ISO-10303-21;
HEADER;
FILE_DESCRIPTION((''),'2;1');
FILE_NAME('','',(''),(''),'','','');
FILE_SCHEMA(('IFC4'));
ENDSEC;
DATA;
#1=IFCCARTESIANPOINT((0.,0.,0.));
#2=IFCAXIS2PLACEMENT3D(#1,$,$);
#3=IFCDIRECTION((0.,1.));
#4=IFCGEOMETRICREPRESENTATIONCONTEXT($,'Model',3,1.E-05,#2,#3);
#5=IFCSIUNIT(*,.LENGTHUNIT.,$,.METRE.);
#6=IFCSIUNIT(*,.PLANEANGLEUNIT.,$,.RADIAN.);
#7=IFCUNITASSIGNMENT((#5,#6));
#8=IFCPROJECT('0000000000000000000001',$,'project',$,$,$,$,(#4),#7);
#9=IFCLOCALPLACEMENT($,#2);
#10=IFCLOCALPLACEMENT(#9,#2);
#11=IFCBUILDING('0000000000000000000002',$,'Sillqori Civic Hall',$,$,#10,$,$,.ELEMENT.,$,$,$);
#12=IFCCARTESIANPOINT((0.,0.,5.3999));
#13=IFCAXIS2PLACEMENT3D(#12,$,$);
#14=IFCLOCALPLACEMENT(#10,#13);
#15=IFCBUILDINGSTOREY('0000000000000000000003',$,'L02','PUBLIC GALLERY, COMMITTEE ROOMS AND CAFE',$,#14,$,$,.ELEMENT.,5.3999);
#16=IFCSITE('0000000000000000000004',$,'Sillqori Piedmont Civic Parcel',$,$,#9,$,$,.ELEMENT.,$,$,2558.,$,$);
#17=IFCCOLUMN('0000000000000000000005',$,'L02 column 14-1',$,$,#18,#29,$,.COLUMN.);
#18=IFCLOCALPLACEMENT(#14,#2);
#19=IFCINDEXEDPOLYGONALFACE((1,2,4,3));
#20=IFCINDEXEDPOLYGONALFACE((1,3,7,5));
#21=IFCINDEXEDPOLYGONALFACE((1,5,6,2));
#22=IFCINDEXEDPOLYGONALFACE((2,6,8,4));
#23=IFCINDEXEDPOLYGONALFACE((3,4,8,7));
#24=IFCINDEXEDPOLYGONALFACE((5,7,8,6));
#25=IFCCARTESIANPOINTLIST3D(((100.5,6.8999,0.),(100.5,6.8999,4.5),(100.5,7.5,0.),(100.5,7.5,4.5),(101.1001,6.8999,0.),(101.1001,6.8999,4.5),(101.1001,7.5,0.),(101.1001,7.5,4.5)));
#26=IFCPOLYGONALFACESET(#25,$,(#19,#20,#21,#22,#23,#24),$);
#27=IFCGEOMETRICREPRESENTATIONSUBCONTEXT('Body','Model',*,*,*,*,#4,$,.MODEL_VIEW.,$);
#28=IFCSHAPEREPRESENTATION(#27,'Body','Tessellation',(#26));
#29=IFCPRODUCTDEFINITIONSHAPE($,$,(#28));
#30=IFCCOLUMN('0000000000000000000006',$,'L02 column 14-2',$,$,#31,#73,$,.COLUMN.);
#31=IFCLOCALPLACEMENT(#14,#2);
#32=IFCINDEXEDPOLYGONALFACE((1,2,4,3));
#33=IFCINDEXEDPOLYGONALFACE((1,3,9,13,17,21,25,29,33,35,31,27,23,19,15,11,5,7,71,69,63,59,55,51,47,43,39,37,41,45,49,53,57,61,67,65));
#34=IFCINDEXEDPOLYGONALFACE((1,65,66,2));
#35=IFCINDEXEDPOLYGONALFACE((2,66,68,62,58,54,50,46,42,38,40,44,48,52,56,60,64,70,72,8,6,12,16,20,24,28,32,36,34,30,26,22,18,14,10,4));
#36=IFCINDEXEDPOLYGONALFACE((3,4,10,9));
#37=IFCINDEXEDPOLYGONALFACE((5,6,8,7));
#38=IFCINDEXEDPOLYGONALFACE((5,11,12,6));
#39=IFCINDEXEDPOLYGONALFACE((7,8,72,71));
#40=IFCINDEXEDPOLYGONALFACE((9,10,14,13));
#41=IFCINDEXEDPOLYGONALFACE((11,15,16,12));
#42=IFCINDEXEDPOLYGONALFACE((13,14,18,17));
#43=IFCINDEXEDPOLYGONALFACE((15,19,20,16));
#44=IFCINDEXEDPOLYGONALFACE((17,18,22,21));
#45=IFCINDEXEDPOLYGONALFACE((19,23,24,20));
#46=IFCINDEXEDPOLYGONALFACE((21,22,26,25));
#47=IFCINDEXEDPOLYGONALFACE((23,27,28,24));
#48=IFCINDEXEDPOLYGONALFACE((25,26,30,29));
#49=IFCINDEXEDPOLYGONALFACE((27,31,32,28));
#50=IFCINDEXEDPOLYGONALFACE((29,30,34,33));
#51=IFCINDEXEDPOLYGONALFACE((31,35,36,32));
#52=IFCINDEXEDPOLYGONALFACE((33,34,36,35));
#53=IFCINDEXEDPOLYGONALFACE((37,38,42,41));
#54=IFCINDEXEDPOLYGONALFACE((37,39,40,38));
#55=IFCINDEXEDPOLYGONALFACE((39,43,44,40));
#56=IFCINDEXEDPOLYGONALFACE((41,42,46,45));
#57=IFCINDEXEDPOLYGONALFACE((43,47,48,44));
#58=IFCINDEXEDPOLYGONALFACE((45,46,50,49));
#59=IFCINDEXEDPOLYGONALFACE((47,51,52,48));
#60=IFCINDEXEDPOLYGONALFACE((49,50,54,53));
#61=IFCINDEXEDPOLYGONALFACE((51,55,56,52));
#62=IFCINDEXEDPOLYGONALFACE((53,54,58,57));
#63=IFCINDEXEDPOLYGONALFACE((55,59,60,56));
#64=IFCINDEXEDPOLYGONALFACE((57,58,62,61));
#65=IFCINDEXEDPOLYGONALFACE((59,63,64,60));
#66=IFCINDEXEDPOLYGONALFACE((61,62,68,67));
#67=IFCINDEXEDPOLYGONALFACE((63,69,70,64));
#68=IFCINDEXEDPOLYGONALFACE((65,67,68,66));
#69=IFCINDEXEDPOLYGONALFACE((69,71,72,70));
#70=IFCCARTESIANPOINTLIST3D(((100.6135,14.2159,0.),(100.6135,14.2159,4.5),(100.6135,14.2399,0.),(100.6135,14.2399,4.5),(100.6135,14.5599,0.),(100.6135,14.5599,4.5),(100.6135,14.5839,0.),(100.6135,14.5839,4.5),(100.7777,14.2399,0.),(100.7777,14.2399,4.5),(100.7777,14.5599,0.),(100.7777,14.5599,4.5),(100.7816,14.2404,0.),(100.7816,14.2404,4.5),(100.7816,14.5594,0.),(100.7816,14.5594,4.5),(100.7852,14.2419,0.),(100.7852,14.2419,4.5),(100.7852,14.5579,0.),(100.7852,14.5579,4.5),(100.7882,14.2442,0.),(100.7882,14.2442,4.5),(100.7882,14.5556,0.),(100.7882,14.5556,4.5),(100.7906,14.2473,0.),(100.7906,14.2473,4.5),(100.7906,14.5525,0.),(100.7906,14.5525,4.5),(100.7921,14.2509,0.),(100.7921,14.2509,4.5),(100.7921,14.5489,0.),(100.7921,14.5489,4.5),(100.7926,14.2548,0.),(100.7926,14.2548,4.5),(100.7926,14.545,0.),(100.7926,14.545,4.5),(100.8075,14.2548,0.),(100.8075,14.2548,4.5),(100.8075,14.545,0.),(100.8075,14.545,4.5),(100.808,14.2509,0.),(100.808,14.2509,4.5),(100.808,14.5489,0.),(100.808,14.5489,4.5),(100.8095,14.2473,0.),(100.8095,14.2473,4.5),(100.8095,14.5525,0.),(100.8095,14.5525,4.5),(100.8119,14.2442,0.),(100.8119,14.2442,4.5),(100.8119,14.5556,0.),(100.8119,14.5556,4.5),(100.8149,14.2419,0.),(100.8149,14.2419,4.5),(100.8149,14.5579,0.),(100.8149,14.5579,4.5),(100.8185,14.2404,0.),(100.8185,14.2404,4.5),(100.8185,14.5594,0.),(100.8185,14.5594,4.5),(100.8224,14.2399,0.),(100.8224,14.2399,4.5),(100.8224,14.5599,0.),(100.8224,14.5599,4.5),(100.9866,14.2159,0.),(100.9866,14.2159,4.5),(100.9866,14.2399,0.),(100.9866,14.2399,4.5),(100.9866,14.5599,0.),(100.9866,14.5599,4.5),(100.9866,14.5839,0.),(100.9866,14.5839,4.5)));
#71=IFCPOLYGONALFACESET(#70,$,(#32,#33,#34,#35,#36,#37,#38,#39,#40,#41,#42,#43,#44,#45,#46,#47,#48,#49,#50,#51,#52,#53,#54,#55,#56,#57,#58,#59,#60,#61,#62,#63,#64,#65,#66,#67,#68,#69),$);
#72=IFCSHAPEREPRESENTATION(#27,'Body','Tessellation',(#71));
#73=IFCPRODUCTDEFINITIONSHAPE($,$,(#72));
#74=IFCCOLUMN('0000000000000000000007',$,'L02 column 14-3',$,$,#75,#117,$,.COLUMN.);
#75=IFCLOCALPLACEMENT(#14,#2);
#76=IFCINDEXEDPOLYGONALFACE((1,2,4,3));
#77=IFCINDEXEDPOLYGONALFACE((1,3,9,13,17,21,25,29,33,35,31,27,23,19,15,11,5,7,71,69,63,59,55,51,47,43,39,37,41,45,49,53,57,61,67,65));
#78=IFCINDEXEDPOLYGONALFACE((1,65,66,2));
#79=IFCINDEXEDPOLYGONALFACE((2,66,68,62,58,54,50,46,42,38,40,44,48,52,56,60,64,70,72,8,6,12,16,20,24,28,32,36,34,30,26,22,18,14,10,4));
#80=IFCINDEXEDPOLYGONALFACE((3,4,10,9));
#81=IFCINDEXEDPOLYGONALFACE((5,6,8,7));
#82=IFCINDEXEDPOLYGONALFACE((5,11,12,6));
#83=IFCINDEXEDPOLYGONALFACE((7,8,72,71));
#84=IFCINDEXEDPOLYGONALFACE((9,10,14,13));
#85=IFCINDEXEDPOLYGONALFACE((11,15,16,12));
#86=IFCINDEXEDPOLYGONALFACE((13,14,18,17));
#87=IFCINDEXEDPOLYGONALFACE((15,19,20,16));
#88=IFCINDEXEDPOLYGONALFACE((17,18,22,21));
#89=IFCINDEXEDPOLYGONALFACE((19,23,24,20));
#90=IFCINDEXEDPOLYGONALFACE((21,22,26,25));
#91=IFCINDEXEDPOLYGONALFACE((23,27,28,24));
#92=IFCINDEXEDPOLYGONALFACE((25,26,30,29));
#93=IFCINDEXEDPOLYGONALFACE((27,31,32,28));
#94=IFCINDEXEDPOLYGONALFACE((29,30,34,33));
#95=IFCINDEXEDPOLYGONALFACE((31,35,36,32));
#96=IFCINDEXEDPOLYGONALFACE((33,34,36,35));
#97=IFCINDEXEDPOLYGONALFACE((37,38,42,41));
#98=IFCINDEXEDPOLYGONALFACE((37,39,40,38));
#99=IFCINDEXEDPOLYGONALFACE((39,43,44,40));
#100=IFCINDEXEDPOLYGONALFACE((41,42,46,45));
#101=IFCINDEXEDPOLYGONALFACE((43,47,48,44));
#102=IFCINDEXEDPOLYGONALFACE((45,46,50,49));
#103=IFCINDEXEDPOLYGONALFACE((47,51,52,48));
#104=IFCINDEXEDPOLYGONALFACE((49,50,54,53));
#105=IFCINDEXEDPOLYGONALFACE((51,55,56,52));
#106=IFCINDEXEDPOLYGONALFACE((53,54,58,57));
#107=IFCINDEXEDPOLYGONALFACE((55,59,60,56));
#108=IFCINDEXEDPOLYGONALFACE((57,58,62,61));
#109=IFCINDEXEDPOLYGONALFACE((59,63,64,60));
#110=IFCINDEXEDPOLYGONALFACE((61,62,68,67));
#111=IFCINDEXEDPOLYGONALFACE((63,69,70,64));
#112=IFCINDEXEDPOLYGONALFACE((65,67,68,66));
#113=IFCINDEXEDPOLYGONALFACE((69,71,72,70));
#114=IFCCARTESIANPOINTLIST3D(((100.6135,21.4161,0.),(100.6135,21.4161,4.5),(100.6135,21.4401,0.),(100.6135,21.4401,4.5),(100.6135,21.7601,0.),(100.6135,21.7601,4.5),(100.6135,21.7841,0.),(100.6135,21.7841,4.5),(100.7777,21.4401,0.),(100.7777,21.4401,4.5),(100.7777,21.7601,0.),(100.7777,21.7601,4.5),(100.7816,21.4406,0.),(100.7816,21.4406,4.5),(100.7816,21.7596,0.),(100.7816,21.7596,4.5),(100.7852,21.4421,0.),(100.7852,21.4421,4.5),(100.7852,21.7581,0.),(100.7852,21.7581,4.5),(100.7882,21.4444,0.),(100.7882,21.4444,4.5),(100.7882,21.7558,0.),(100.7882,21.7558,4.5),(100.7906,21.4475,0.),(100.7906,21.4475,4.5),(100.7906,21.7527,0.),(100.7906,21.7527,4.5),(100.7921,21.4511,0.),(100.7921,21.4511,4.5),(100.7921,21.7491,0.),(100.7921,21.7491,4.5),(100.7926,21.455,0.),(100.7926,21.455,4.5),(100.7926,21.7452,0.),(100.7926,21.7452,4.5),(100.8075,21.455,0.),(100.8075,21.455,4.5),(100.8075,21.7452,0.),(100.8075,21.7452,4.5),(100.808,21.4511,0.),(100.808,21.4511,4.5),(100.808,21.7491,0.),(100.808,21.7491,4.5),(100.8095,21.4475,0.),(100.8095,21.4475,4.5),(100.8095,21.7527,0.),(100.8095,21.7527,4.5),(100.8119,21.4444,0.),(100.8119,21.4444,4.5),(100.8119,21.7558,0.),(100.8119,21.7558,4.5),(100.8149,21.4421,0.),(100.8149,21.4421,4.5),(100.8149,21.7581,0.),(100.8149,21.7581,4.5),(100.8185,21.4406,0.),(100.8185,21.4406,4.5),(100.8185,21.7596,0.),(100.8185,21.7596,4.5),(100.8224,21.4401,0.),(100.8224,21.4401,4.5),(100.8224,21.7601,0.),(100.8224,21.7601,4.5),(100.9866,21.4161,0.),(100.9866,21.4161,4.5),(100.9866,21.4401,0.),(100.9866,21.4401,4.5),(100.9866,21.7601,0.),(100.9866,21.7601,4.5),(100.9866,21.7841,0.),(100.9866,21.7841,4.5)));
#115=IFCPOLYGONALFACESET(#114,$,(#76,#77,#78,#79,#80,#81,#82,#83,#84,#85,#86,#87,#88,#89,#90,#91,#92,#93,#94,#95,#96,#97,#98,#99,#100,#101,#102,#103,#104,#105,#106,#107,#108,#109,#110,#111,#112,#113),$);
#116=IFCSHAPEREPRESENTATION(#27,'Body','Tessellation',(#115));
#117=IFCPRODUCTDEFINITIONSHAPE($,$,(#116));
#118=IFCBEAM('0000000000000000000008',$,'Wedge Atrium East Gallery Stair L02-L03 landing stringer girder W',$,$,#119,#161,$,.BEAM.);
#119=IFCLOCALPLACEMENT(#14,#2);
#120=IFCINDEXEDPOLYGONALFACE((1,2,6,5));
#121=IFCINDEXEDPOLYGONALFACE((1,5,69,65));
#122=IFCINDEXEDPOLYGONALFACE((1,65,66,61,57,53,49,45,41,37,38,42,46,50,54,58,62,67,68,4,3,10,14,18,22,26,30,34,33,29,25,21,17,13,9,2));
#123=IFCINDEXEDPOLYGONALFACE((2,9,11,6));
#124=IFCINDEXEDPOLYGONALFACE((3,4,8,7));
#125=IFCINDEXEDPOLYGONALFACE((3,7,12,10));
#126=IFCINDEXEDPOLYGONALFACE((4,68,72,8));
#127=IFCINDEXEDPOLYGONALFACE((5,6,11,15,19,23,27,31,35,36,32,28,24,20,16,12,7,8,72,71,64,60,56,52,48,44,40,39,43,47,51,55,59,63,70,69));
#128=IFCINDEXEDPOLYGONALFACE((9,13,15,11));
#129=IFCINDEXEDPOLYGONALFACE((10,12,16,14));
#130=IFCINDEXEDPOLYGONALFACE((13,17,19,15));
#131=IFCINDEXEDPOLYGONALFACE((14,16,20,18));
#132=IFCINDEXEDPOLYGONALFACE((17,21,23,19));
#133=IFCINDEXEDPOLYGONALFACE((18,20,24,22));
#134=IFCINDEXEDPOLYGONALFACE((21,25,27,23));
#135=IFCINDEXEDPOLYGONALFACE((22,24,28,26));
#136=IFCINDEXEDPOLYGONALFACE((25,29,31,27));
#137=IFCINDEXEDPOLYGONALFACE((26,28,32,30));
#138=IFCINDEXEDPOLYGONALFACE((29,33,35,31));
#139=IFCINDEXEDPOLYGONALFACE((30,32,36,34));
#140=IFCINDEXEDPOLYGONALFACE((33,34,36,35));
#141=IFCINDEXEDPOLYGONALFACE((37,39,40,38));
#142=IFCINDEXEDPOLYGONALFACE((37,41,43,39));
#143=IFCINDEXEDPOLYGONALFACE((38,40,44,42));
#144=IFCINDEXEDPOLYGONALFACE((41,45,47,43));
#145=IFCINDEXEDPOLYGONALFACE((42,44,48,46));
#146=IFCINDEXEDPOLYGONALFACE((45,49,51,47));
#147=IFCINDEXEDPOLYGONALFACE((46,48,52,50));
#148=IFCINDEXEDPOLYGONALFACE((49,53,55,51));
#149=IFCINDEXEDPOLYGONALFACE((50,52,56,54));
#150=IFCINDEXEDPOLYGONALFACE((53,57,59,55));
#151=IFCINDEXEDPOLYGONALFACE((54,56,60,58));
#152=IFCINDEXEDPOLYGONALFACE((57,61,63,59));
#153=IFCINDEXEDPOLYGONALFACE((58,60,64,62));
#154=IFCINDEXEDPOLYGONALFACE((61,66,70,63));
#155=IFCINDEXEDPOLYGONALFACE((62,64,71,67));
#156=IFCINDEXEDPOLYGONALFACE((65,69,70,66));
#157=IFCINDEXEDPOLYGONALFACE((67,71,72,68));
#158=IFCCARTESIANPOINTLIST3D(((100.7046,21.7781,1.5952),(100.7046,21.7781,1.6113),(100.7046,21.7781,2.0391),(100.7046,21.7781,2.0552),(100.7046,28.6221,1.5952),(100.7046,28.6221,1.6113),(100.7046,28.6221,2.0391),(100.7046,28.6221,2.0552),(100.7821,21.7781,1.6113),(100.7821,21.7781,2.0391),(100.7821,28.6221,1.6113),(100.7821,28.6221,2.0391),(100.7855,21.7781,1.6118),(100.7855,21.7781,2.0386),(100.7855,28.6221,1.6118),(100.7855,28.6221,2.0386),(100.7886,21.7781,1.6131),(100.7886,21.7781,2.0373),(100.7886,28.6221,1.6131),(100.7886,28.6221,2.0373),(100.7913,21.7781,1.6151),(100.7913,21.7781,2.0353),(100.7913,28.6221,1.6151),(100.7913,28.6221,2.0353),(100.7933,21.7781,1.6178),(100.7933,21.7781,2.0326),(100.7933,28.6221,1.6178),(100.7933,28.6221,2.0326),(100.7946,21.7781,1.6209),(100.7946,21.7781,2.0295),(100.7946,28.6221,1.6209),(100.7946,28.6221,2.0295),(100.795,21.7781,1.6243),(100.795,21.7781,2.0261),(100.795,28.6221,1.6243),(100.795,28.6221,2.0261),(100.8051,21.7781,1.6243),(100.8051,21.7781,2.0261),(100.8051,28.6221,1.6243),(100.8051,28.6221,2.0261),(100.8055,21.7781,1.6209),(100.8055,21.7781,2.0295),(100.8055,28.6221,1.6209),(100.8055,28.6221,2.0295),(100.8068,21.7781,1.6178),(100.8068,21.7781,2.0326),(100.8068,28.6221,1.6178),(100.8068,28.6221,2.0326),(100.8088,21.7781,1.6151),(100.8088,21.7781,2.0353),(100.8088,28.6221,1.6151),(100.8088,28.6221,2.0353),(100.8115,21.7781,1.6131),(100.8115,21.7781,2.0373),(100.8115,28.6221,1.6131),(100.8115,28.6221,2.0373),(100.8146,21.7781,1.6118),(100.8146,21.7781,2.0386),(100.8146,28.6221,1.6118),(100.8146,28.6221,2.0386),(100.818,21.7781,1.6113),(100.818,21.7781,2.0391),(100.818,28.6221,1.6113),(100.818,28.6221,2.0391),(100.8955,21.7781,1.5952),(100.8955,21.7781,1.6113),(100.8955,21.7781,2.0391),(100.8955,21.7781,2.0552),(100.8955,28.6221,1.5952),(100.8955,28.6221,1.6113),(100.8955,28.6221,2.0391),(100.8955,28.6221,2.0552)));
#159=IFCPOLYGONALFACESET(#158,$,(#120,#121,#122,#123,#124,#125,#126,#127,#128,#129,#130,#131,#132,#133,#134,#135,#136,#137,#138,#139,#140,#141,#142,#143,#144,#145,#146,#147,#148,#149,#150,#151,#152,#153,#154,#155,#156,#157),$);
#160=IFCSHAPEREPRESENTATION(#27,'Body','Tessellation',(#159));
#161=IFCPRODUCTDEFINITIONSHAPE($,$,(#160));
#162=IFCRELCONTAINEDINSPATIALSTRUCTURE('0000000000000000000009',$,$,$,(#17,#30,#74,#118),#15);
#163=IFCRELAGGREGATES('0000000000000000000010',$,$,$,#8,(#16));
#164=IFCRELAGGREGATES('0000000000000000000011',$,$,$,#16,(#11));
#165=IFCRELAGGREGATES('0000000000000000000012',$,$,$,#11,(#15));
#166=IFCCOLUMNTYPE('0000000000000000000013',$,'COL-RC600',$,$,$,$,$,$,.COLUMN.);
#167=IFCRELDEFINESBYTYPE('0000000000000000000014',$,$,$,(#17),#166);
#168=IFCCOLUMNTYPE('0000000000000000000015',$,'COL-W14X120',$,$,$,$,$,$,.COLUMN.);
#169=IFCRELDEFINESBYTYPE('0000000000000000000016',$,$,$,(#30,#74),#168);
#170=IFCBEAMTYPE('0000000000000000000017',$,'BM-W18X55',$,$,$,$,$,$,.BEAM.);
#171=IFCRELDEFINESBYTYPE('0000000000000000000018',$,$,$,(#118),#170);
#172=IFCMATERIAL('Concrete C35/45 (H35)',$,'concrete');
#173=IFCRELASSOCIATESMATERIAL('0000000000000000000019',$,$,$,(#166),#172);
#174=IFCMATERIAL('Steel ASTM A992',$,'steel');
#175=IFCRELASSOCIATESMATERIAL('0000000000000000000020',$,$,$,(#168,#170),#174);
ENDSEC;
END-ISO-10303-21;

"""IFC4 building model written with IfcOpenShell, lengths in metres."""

from ifc_helpers import new_model, si_unit, direction, frame, origin, origin_2d, place, context, subcontext, project, spatial, rectangle, i_section, extrude, material, material_profile, profile_set, type_object, element, save


model = new_model("IFC4")

# Units and contexts
model_context = context("Model", 3, precision=1e-05, world=origin(), true_north=direction((0.0, 1.0)))
body_context = subcontext(model_context, "Body", "Model", "MODEL_VIEW")
ifc_project = project(units=[si_unit("LENGTHUNIT", "METRE"), si_unit("PLANEANGLEUNIT", "RADIAN")], contexts=[model_context])

# Site, building, storey
site_placement = place(None, origin())
site = spatial("IfcSite", under=ifc_project, at=site_placement, Name="Sillqori Piedmont Civic Parcel", CompositionType="ELEMENT", RefElevation=2558.0)
building_placement = place(site_placement, origin())
building = spatial("IfcBuilding", under=site, at=building_placement, Name="Sillqori Civic Hall", CompositionType="ELEMENT")
storey_placement = place(building_placement, frame((0.0, 0.0, 5.3999)))
storey = spatial("IfcBuildingStorey", under=building, at=storey_placement, Name="L02", Description="PUBLIC GALLERY, COMMITTEE ROOMS AND CAFE", CompositionType="ELEMENT", Elevation=5.3999)

# Columns
ifc_material_1 = material(Name="Concrete C35/45 (H35)", Category="concrete")
ifc_material_profile_1 = material_profile(ifc_material_1, rectangle(XDim=0.6001, YDim=0.6001, at=origin_2d()), Name="RC 600x600")
ifc_profile_set_1 = profile_set([ifc_material_profile_1], Name="Concrete C35/45 (H35)")
column_type_1 = type_object("IfcColumnType", Name="COL-RC600", PredefinedType="COLUMN", material=ifc_profile_set_1)
column_placement = place(storey_placement, frame((100.8, 7.2, 0.0), z_axis=(0.0, 0.0, 1.0), x_axis=(1.0, 0.0, 0.0)))
element("IfcColumn", 1, at=column_placement, inside=storey, type_object=column_type_1, Name="L02 column 14-1", PredefinedType="COLUMN", context=body_context, shape_type="SweptSolid", body=[
    extrude(rectangle(XDim=0.6001, YDim=0.6001, at=origin_2d()), origin(), (0.0, 0.0, 1.0), 4.5),
])
ifc_material_2 = material(Name="Steel ASTM A992", Category="steel")
ifc_material_profile_2 = material_profile(ifc_material_2, i_section(OverallWidth=0.373, OverallDepth=0.3679, WebThickness=0.0149, FlangeThickness=0.0239, FilletRadius=0.0149, at=origin_2d()), Name="W14X120")
ifc_profile_set_2 = profile_set([ifc_material_profile_2], Name="Steel ASTM A992")
column_type_2 = type_object("IfcColumnType", Name="COL-W14X120", PredefinedType="COLUMN", material=ifc_profile_set_2)
for number, where, z_axis, x_axis, name in (
    (2, (100.8, 14.3999, 0.0), (0.0, 0.0, 1.0), (1.0, 0.0, 0.0), "L02 column 14-2"),
    (3, (100.8, 21.6001, 0.0), (0.0, 0.0, 1.0), (1.0, 0.0, 0.0), "L02 column 14-3"),
):
    element("IfcColumn", number, at=place(storey_placement, frame(where, z_axis=z_axis, x_axis=x_axis)), inside=storey, type_object=column_type_2, Name=name, PredefinedType="COLUMN", context=body_context, shape_type="SweptSolid", body=[
        extrude(i_section(OverallWidth=0.373, OverallDepth=0.3679, WebThickness=0.0149, FlangeThickness=0.0239, FilletRadius=0.0149, at=origin_2d()), origin(), (0.0, 0.0, 1.0), 4.5),
    ])

# Beam
ifc_material_profile_3 = material_profile(ifc_material_2, i_section(OverallWidth=0.1909, OverallDepth=0.46, WebThickness=0.01, FlangeThickness=0.0161, FilletRadius=0.0129, at=origin_2d()), Name="W18X55")
ifc_profile_set_3 = profile_set([ifc_material_profile_3], Name="Steel ASTM A992")
beam_type_1 = type_object("IfcBeamType", Name="BM-W18X55", PredefinedType="BEAM", material=ifc_profile_set_3)
beam_1_placement = place(storey_placement, frame((100.8, 21.7781, 1.8252), z_axis=(0.0, 1.0, 0.0), x_axis=(-1.0, 0.0, 0.0)))
element("IfcBeam", 4, at=beam_1_placement, inside=storey, type_object=beam_type_1, Name="Wedge Atrium East Gallery Stair L02-L03 landing stringer girder W", PredefinedType="BEAM", context=body_context, shape_type="SweptSolid", body=[
    extrude(i_section(OverallWidth=0.1909, OverallDepth=0.46, WebThickness=0.01, FlangeThickness=0.0161, FilletRadius=0.0129, at=origin_2d()), origin(), (0.0, 0.0, 1.0), 6.844),
])

save(model, "model.ifc")
